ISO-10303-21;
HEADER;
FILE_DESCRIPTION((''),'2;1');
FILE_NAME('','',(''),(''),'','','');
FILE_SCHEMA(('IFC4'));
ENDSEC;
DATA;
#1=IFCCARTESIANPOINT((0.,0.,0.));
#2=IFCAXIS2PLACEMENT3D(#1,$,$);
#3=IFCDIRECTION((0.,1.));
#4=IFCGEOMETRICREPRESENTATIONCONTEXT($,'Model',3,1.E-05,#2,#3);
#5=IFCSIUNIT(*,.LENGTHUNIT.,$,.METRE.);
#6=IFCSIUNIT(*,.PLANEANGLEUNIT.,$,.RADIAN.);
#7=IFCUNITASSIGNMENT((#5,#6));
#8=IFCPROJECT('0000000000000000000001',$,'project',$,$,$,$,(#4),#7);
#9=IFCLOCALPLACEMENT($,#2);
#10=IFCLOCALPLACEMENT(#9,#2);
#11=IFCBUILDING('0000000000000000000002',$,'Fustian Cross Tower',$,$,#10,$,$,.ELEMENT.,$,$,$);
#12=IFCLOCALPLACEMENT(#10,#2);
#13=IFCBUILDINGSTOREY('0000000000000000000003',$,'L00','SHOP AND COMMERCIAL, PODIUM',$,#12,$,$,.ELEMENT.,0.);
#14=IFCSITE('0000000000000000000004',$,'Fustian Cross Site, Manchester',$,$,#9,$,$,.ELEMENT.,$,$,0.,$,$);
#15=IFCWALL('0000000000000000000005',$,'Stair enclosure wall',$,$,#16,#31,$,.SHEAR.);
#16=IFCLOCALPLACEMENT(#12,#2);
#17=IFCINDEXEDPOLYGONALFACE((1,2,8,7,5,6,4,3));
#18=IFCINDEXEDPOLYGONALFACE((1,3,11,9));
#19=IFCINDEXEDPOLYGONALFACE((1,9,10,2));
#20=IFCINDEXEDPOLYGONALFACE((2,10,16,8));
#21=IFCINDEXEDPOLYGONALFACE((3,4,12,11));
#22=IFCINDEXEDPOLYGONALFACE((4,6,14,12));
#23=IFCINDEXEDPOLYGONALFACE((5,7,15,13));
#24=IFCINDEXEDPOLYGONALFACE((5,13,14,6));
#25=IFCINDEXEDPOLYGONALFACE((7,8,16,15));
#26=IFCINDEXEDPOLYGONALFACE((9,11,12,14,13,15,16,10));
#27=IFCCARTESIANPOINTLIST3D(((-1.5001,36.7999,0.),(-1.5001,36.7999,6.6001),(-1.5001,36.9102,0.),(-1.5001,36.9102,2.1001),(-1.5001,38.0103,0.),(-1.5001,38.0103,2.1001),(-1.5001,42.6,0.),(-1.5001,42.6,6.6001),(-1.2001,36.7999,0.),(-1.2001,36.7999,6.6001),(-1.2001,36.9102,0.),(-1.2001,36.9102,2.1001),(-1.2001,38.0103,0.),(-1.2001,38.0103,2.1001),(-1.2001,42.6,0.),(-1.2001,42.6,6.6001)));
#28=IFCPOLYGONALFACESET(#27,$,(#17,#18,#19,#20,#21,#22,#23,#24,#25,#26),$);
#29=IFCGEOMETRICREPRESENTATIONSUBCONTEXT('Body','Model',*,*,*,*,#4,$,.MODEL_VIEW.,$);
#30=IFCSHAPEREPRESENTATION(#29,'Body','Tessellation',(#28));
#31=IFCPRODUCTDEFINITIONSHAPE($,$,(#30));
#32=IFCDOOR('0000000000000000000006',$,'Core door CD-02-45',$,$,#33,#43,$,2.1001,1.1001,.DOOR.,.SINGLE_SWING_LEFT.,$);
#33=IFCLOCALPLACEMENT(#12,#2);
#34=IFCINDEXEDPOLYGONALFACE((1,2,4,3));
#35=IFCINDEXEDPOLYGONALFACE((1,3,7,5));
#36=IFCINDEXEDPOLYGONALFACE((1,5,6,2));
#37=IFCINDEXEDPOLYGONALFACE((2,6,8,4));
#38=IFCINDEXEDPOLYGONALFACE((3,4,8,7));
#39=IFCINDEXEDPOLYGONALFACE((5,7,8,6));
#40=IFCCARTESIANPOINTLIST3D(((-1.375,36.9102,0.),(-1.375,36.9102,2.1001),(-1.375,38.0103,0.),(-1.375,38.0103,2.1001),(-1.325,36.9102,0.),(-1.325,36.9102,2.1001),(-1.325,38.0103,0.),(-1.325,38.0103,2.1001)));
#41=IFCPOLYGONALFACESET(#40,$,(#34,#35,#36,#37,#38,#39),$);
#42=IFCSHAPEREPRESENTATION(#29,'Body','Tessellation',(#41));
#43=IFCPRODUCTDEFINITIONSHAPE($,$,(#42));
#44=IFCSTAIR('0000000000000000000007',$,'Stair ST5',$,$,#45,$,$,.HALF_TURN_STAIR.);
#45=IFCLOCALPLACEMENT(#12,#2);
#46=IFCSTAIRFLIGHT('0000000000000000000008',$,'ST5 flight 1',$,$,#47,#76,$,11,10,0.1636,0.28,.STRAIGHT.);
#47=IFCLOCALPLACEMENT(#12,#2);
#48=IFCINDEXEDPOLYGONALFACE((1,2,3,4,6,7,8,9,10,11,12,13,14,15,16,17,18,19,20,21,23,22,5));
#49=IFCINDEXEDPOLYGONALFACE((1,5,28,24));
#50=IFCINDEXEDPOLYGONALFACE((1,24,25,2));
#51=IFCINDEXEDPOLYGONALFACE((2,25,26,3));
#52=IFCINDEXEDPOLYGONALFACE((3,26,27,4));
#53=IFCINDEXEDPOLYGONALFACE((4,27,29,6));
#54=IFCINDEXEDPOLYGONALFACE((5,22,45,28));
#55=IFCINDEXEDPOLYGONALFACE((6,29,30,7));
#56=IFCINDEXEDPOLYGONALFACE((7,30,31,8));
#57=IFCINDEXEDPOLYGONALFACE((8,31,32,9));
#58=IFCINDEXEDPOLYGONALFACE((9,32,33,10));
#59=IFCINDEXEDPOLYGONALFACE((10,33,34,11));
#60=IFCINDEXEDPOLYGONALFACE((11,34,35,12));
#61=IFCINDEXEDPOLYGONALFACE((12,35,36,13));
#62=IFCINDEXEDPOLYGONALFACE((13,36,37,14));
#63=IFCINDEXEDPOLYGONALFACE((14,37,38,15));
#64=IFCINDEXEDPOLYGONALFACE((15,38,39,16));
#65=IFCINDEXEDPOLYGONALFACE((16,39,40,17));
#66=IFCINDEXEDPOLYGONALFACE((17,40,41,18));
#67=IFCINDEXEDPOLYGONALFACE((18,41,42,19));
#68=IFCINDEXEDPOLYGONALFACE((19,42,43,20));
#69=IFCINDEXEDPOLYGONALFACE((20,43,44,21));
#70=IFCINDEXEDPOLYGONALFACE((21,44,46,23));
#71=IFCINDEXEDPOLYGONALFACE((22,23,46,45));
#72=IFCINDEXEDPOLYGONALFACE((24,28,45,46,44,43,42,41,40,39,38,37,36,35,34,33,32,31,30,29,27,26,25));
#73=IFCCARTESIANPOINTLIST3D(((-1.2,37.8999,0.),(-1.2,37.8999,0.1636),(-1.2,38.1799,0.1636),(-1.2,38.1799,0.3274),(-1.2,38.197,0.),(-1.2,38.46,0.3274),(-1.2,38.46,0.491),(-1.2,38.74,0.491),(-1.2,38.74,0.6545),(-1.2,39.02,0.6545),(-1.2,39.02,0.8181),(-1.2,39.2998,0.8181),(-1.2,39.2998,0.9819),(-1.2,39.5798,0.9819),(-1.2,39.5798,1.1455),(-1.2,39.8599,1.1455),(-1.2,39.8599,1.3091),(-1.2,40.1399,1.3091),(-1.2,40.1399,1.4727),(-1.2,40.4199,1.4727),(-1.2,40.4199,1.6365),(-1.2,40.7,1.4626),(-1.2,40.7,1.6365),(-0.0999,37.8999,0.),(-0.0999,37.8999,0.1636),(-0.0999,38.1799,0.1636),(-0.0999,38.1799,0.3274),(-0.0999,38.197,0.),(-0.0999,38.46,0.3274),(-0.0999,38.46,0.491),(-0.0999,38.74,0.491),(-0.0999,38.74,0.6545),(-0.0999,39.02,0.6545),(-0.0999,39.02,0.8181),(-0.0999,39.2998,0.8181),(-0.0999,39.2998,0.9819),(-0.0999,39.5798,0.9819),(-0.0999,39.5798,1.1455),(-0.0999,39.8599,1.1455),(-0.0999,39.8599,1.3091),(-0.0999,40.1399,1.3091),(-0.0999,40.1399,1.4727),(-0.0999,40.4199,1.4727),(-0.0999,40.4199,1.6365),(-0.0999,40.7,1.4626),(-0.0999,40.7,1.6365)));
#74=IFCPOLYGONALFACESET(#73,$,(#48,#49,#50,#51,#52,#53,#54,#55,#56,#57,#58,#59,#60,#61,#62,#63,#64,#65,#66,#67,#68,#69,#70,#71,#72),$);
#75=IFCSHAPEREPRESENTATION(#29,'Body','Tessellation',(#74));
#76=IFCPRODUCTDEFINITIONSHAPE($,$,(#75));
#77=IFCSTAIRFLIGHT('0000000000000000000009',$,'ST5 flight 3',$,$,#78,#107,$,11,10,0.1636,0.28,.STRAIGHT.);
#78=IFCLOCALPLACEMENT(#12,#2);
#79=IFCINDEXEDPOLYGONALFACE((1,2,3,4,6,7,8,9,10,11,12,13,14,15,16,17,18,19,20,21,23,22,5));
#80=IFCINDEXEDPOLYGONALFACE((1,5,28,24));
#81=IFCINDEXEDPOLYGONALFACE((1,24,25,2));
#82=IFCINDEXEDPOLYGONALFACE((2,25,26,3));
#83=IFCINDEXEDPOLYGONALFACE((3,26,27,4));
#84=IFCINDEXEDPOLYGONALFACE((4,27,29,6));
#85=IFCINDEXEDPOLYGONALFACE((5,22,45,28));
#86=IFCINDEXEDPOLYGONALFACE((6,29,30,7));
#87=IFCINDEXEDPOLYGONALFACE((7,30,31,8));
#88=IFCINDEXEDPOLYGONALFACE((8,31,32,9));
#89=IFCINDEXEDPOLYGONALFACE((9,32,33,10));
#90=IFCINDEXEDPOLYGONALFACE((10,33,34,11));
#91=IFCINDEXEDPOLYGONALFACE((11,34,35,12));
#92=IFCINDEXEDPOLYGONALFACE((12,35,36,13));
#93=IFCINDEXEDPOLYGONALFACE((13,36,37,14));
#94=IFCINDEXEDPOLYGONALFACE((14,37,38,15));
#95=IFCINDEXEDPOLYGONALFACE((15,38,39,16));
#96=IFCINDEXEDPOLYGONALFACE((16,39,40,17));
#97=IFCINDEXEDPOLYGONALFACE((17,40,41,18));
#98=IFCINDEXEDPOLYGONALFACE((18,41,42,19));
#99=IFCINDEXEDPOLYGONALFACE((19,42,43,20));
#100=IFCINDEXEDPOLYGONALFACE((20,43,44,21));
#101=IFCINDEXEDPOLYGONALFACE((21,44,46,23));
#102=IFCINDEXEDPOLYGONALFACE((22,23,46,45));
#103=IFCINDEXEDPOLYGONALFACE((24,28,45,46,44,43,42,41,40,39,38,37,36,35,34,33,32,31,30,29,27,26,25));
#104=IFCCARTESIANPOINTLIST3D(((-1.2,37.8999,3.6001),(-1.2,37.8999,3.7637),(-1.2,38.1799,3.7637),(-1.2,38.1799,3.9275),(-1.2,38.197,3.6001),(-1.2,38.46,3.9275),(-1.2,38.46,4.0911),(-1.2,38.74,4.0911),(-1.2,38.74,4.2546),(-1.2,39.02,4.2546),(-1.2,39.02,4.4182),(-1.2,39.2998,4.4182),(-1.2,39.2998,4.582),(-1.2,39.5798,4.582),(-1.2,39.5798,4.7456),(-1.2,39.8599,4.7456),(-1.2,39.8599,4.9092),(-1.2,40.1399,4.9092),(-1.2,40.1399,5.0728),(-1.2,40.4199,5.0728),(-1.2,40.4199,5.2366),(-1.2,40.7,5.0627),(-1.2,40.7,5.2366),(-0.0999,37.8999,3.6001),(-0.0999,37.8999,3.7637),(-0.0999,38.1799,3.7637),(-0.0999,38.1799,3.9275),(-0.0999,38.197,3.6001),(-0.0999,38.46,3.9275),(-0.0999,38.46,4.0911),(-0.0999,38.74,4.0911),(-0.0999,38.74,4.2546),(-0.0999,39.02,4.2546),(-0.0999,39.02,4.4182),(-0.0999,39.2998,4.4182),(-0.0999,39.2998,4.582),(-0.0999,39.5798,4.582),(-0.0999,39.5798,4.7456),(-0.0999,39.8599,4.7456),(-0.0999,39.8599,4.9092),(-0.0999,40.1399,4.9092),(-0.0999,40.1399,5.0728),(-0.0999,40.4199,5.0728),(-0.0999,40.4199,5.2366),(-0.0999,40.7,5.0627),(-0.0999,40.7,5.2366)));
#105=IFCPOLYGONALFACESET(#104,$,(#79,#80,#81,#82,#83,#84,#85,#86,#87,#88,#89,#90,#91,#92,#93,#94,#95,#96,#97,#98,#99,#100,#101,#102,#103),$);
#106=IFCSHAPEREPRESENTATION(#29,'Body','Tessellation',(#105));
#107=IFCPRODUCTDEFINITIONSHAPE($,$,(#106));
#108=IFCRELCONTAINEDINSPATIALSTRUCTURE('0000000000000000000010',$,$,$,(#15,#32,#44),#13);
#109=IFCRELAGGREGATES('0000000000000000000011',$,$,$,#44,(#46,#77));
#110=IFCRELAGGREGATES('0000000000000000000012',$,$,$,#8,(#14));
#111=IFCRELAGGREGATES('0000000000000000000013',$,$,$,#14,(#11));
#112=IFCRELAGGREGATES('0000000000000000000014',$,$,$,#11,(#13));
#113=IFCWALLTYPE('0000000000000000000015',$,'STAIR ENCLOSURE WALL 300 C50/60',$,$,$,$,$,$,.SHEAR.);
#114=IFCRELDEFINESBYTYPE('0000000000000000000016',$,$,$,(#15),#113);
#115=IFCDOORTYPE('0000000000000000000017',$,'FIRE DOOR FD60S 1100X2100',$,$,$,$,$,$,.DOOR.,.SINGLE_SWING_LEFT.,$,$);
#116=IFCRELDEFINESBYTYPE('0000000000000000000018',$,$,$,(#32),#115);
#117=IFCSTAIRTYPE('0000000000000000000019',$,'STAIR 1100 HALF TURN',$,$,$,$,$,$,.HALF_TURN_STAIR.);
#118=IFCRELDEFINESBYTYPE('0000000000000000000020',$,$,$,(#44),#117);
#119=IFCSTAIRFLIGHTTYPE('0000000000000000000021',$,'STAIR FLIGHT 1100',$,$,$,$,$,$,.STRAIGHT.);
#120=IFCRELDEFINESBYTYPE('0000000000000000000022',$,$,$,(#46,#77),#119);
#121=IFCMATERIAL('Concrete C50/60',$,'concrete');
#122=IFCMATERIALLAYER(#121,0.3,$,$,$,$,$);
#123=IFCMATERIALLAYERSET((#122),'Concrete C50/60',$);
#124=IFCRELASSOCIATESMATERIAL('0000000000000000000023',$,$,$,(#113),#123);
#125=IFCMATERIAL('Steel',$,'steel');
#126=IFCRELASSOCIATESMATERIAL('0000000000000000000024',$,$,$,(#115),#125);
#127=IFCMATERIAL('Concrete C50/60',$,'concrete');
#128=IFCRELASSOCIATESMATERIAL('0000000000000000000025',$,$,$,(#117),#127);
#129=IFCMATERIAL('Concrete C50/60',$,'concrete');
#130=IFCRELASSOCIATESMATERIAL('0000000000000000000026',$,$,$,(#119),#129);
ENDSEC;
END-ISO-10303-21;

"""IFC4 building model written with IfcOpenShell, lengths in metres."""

from ifc_helpers import new_model, si_unit, direction, frame, frame_2d, origin, place, context, subcontext, project, spatial, polyline, rectangle, outline, extrude, material, layer, layer_set, type_object, element, fill, aggregate, save


model = new_model("IFC4")

# Units and contexts
model_context = context("Model", 3, precision=1e-05, world=origin(), true_north=direction((0.0, 1.0)))
body_context = subcontext(model_context, "Body", "Model", "MODEL_VIEW")
ifc_project = project(units=[si_unit("LENGTHUNIT", "METRE"), si_unit("PLANEANGLEUNIT", "RADIAN")], contexts=[model_context])

# Site, building, storey
site_placement = place(None, origin())
site = spatial("IfcSite", under=ifc_project, at=site_placement, Name="Fustian Cross Site, Manchester", CompositionType="ELEMENT", RefElevation=0.0)
building_placement = place(site_placement, origin())
building = spatial("IfcBuilding", under=site, at=building_placement, Name="Fustian Cross Tower", CompositionType="ELEMENT")
storey_placement = place(building_placement, origin())
storey = spatial("IfcBuildingStorey", under=building, at=storey_placement, Name="L00", Description="SHOP AND COMMERCIAL, PODIUM", CompositionType="ELEMENT", Elevation=0.0)

# Shared definitions
ifc_material_1 = material(Name="Concrete C50/60", Category="concrete")
ifc_layer_1 = layer(ifc_material_1, 0.3)
ifc_layer_set_1 = layer_set([ifc_layer_1], Name="Concrete C50/60")
wall_type_1 = type_object("IfcWallType", Name="STAIR ENCLOSURE WALL 300 C50/60", PredefinedType="SHEAR", material=ifc_layer_set_1)
ifc_material_2 = material(Name="Steel", Category="steel")
door_type_1 = type_object("IfcDoorType", Name="FIRE DOOR FD60S 1100X2100", OperationType="SINGLE_SWING_LEFT", PredefinedType="DOOR", material=ifc_material_2)

# Wall, opening, door
wall_1_placement = place(storey_placement, frame((-1.3501, 36.8, 0.0), z_axis=(0.0, 0.0, 1.0), x_axis=(0.0, 1.0, 0.0)))
wall_1 = element("IfcWall", 1, at=wall_1_placement, inside=storey, type_object=wall_type_1, Name="Stair enclosure wall", PredefinedType="SHEAR", context=body_context, shape_type="SweptSolid", body=[
    extrude(rectangle(XDim=5.8, YDim=0.3, at=frame_2d((2.8999, 0.0))), origin(), (0.0, 0.0, 1.0), 6.6001),
])
opening_1_placement = place(wall_1_placement, frame((0.1101, 0.0, 0.0)))
opening_1 = element("IfcOpeningElement", 2, at=opening_1_placement, cuts=wall_1, PredefinedType="OPENING", context=body_context, shape_type="SweptSolid", body=[
    extrude(rectangle(XDim=1.1001, YDim=2.1001, at=frame_2d((0.55, 1.05))), frame((0.0, 0.1599, 0.0), z_axis=(0.0, -1.0, 0.0), x_axis=(1.0, 0.0, 0.0)), (0.0, 0.0, 1.0), 0.3201),
])
door_1_placement = place(opening_1_placement, origin())
door_1 = element("IfcDoor", 3, at=door_1_placement, inside=storey, type_object=door_type_1, Name="Core door CD-02-45", OperationType="SINGLE_SWING_LEFT", OverallHeight=2.1001, OverallWidth=1.1001, PredefinedType="DOOR", context=body_context, shape_type="SweptSolid", body=[
    extrude(rectangle(XDim=1.1001, YDim=2.1001, at=frame_2d((0.55, 1.05))), frame((0.0, 0.0249, 0.0), z_axis=(0.0, -1.0, 0.0), x_axis=(1.0, 0.0, 0.0)), (0.0, 0.0, 1.0), 0.05),
])
fill(opening_1, door_1)

# Stair, stair flights
ifc_material_3 = material(Name="Concrete C50/60", Category="concrete")
stair_type = type_object("IfcStairType", Name="STAIR 1100 HALF TURN", PredefinedType="HALF_TURN_STAIR", material=ifc_material_3)
stair_placement = place(storey_placement, origin())
stair = element("IfcStair", 4, at=stair_placement, inside=storey, type_object=stair_type, Name="Stair ST5", PredefinedType="HALF_TURN_STAIR")
ifc_material_4 = material(Name="Concrete C50/60", Category="concrete")
stair_flight_type = type_object("IfcStairFlightType", Name="STAIR FLIGHT 1100", PredefinedType="STRAIGHT", material=ifc_material_4)
stair_flight_1_placement = place(storey_placement, frame((-0.6499, 37.8999, 0.0), z_axis=(0.0, 0.0, 1.0), x_axis=(0.0, 1.0, 0.0)))
stair_flight_1 = element("IfcStairFlight", 5, at=stair_flight_1_placement, type_object=stair_flight_type, Name="ST5 flight 1", NumberOfRisers=11, NumberOfTreads=10, PredefinedType="STRAIGHT", RiserHeight=0.1636, TreadLength=0.28, context=body_context, shape_type="SweptSolid", body=[
    extrude(outline(polyline([(0.0, 0.0), (0.0, 0.1636), (0.28, 0.1636), (0.28, 0.3274), (0.5601, 0.3274), (0.5601, 0.491), (0.8401, 0.491), (0.8401, 0.6545), (1.1201, 0.6545), (1.1201, 0.8181), (1.3999, 0.8181), (1.3999, 0.9819), (1.6799, 0.9819), (1.6799, 1.1455), (1.96, 1.1455), (1.96, 1.3091), (2.24, 1.3091), (2.24, 1.4727), (2.52, 1.4727), (2.52, 1.6365), (2.8, 1.6365), (2.8, 1.8), (2.8, 1.4626), (0.2971, 0.0), (0.0, 0.0)])), frame((0.0, 0.55, 0.0), z_axis=(0.0, -1.0, 0.0), x_axis=(1.0, 0.0, 0.0)), (0.0, 0.0, 1.0), 1.1001),
])
stair_flight_2_placement = place(storey_placement, frame((-0.6499, 37.8999, 3.6001), z_axis=(0.0, 0.0, 1.0), x_axis=(0.0, 1.0, 0.0)))
stair_flight_2 = element("IfcStairFlight", 6, at=stair_flight_2_placement, type_object=stair_flight_type, Name="ST5 flight 3", NumberOfRisers=11, NumberOfTreads=10, PredefinedType="STRAIGHT", RiserHeight=0.1636, TreadLength=0.28, context=body_context, shape_type="SweptSolid", body=[
    extrude(outline(polyline([(0.0, 0.0), (0.0, 0.1636), (0.28, 0.1636), (0.28, 0.3274), (0.5601, 0.3274), (0.5601, 0.491), (0.8401, 0.491), (0.8401, 0.6545), (1.1201, 0.6545), (1.1201, 0.8181), (1.3999, 0.8181), (1.3999, 0.9819), (1.6799, 0.9819), (1.6799, 1.1455), (1.96, 1.1455), (1.96, 1.3091), (2.24, 1.3091), (2.24, 1.4727), (2.52, 1.4727), (2.52, 1.6365), (2.8, 1.6365), (2.8, 1.8), (2.8, 1.4626), (0.2971, 0.0), (0.0, 0.0)])), frame((0.0, 0.55, 0.0), z_axis=(0.0, -1.0, 0.0), x_axis=(1.0, 0.0, 0.0)), (0.0, 0.0, 1.0), 1.1001),
])
aggregate(stair, [stair_flight_1, stair_flight_2])

save(model, "model.ifc")
